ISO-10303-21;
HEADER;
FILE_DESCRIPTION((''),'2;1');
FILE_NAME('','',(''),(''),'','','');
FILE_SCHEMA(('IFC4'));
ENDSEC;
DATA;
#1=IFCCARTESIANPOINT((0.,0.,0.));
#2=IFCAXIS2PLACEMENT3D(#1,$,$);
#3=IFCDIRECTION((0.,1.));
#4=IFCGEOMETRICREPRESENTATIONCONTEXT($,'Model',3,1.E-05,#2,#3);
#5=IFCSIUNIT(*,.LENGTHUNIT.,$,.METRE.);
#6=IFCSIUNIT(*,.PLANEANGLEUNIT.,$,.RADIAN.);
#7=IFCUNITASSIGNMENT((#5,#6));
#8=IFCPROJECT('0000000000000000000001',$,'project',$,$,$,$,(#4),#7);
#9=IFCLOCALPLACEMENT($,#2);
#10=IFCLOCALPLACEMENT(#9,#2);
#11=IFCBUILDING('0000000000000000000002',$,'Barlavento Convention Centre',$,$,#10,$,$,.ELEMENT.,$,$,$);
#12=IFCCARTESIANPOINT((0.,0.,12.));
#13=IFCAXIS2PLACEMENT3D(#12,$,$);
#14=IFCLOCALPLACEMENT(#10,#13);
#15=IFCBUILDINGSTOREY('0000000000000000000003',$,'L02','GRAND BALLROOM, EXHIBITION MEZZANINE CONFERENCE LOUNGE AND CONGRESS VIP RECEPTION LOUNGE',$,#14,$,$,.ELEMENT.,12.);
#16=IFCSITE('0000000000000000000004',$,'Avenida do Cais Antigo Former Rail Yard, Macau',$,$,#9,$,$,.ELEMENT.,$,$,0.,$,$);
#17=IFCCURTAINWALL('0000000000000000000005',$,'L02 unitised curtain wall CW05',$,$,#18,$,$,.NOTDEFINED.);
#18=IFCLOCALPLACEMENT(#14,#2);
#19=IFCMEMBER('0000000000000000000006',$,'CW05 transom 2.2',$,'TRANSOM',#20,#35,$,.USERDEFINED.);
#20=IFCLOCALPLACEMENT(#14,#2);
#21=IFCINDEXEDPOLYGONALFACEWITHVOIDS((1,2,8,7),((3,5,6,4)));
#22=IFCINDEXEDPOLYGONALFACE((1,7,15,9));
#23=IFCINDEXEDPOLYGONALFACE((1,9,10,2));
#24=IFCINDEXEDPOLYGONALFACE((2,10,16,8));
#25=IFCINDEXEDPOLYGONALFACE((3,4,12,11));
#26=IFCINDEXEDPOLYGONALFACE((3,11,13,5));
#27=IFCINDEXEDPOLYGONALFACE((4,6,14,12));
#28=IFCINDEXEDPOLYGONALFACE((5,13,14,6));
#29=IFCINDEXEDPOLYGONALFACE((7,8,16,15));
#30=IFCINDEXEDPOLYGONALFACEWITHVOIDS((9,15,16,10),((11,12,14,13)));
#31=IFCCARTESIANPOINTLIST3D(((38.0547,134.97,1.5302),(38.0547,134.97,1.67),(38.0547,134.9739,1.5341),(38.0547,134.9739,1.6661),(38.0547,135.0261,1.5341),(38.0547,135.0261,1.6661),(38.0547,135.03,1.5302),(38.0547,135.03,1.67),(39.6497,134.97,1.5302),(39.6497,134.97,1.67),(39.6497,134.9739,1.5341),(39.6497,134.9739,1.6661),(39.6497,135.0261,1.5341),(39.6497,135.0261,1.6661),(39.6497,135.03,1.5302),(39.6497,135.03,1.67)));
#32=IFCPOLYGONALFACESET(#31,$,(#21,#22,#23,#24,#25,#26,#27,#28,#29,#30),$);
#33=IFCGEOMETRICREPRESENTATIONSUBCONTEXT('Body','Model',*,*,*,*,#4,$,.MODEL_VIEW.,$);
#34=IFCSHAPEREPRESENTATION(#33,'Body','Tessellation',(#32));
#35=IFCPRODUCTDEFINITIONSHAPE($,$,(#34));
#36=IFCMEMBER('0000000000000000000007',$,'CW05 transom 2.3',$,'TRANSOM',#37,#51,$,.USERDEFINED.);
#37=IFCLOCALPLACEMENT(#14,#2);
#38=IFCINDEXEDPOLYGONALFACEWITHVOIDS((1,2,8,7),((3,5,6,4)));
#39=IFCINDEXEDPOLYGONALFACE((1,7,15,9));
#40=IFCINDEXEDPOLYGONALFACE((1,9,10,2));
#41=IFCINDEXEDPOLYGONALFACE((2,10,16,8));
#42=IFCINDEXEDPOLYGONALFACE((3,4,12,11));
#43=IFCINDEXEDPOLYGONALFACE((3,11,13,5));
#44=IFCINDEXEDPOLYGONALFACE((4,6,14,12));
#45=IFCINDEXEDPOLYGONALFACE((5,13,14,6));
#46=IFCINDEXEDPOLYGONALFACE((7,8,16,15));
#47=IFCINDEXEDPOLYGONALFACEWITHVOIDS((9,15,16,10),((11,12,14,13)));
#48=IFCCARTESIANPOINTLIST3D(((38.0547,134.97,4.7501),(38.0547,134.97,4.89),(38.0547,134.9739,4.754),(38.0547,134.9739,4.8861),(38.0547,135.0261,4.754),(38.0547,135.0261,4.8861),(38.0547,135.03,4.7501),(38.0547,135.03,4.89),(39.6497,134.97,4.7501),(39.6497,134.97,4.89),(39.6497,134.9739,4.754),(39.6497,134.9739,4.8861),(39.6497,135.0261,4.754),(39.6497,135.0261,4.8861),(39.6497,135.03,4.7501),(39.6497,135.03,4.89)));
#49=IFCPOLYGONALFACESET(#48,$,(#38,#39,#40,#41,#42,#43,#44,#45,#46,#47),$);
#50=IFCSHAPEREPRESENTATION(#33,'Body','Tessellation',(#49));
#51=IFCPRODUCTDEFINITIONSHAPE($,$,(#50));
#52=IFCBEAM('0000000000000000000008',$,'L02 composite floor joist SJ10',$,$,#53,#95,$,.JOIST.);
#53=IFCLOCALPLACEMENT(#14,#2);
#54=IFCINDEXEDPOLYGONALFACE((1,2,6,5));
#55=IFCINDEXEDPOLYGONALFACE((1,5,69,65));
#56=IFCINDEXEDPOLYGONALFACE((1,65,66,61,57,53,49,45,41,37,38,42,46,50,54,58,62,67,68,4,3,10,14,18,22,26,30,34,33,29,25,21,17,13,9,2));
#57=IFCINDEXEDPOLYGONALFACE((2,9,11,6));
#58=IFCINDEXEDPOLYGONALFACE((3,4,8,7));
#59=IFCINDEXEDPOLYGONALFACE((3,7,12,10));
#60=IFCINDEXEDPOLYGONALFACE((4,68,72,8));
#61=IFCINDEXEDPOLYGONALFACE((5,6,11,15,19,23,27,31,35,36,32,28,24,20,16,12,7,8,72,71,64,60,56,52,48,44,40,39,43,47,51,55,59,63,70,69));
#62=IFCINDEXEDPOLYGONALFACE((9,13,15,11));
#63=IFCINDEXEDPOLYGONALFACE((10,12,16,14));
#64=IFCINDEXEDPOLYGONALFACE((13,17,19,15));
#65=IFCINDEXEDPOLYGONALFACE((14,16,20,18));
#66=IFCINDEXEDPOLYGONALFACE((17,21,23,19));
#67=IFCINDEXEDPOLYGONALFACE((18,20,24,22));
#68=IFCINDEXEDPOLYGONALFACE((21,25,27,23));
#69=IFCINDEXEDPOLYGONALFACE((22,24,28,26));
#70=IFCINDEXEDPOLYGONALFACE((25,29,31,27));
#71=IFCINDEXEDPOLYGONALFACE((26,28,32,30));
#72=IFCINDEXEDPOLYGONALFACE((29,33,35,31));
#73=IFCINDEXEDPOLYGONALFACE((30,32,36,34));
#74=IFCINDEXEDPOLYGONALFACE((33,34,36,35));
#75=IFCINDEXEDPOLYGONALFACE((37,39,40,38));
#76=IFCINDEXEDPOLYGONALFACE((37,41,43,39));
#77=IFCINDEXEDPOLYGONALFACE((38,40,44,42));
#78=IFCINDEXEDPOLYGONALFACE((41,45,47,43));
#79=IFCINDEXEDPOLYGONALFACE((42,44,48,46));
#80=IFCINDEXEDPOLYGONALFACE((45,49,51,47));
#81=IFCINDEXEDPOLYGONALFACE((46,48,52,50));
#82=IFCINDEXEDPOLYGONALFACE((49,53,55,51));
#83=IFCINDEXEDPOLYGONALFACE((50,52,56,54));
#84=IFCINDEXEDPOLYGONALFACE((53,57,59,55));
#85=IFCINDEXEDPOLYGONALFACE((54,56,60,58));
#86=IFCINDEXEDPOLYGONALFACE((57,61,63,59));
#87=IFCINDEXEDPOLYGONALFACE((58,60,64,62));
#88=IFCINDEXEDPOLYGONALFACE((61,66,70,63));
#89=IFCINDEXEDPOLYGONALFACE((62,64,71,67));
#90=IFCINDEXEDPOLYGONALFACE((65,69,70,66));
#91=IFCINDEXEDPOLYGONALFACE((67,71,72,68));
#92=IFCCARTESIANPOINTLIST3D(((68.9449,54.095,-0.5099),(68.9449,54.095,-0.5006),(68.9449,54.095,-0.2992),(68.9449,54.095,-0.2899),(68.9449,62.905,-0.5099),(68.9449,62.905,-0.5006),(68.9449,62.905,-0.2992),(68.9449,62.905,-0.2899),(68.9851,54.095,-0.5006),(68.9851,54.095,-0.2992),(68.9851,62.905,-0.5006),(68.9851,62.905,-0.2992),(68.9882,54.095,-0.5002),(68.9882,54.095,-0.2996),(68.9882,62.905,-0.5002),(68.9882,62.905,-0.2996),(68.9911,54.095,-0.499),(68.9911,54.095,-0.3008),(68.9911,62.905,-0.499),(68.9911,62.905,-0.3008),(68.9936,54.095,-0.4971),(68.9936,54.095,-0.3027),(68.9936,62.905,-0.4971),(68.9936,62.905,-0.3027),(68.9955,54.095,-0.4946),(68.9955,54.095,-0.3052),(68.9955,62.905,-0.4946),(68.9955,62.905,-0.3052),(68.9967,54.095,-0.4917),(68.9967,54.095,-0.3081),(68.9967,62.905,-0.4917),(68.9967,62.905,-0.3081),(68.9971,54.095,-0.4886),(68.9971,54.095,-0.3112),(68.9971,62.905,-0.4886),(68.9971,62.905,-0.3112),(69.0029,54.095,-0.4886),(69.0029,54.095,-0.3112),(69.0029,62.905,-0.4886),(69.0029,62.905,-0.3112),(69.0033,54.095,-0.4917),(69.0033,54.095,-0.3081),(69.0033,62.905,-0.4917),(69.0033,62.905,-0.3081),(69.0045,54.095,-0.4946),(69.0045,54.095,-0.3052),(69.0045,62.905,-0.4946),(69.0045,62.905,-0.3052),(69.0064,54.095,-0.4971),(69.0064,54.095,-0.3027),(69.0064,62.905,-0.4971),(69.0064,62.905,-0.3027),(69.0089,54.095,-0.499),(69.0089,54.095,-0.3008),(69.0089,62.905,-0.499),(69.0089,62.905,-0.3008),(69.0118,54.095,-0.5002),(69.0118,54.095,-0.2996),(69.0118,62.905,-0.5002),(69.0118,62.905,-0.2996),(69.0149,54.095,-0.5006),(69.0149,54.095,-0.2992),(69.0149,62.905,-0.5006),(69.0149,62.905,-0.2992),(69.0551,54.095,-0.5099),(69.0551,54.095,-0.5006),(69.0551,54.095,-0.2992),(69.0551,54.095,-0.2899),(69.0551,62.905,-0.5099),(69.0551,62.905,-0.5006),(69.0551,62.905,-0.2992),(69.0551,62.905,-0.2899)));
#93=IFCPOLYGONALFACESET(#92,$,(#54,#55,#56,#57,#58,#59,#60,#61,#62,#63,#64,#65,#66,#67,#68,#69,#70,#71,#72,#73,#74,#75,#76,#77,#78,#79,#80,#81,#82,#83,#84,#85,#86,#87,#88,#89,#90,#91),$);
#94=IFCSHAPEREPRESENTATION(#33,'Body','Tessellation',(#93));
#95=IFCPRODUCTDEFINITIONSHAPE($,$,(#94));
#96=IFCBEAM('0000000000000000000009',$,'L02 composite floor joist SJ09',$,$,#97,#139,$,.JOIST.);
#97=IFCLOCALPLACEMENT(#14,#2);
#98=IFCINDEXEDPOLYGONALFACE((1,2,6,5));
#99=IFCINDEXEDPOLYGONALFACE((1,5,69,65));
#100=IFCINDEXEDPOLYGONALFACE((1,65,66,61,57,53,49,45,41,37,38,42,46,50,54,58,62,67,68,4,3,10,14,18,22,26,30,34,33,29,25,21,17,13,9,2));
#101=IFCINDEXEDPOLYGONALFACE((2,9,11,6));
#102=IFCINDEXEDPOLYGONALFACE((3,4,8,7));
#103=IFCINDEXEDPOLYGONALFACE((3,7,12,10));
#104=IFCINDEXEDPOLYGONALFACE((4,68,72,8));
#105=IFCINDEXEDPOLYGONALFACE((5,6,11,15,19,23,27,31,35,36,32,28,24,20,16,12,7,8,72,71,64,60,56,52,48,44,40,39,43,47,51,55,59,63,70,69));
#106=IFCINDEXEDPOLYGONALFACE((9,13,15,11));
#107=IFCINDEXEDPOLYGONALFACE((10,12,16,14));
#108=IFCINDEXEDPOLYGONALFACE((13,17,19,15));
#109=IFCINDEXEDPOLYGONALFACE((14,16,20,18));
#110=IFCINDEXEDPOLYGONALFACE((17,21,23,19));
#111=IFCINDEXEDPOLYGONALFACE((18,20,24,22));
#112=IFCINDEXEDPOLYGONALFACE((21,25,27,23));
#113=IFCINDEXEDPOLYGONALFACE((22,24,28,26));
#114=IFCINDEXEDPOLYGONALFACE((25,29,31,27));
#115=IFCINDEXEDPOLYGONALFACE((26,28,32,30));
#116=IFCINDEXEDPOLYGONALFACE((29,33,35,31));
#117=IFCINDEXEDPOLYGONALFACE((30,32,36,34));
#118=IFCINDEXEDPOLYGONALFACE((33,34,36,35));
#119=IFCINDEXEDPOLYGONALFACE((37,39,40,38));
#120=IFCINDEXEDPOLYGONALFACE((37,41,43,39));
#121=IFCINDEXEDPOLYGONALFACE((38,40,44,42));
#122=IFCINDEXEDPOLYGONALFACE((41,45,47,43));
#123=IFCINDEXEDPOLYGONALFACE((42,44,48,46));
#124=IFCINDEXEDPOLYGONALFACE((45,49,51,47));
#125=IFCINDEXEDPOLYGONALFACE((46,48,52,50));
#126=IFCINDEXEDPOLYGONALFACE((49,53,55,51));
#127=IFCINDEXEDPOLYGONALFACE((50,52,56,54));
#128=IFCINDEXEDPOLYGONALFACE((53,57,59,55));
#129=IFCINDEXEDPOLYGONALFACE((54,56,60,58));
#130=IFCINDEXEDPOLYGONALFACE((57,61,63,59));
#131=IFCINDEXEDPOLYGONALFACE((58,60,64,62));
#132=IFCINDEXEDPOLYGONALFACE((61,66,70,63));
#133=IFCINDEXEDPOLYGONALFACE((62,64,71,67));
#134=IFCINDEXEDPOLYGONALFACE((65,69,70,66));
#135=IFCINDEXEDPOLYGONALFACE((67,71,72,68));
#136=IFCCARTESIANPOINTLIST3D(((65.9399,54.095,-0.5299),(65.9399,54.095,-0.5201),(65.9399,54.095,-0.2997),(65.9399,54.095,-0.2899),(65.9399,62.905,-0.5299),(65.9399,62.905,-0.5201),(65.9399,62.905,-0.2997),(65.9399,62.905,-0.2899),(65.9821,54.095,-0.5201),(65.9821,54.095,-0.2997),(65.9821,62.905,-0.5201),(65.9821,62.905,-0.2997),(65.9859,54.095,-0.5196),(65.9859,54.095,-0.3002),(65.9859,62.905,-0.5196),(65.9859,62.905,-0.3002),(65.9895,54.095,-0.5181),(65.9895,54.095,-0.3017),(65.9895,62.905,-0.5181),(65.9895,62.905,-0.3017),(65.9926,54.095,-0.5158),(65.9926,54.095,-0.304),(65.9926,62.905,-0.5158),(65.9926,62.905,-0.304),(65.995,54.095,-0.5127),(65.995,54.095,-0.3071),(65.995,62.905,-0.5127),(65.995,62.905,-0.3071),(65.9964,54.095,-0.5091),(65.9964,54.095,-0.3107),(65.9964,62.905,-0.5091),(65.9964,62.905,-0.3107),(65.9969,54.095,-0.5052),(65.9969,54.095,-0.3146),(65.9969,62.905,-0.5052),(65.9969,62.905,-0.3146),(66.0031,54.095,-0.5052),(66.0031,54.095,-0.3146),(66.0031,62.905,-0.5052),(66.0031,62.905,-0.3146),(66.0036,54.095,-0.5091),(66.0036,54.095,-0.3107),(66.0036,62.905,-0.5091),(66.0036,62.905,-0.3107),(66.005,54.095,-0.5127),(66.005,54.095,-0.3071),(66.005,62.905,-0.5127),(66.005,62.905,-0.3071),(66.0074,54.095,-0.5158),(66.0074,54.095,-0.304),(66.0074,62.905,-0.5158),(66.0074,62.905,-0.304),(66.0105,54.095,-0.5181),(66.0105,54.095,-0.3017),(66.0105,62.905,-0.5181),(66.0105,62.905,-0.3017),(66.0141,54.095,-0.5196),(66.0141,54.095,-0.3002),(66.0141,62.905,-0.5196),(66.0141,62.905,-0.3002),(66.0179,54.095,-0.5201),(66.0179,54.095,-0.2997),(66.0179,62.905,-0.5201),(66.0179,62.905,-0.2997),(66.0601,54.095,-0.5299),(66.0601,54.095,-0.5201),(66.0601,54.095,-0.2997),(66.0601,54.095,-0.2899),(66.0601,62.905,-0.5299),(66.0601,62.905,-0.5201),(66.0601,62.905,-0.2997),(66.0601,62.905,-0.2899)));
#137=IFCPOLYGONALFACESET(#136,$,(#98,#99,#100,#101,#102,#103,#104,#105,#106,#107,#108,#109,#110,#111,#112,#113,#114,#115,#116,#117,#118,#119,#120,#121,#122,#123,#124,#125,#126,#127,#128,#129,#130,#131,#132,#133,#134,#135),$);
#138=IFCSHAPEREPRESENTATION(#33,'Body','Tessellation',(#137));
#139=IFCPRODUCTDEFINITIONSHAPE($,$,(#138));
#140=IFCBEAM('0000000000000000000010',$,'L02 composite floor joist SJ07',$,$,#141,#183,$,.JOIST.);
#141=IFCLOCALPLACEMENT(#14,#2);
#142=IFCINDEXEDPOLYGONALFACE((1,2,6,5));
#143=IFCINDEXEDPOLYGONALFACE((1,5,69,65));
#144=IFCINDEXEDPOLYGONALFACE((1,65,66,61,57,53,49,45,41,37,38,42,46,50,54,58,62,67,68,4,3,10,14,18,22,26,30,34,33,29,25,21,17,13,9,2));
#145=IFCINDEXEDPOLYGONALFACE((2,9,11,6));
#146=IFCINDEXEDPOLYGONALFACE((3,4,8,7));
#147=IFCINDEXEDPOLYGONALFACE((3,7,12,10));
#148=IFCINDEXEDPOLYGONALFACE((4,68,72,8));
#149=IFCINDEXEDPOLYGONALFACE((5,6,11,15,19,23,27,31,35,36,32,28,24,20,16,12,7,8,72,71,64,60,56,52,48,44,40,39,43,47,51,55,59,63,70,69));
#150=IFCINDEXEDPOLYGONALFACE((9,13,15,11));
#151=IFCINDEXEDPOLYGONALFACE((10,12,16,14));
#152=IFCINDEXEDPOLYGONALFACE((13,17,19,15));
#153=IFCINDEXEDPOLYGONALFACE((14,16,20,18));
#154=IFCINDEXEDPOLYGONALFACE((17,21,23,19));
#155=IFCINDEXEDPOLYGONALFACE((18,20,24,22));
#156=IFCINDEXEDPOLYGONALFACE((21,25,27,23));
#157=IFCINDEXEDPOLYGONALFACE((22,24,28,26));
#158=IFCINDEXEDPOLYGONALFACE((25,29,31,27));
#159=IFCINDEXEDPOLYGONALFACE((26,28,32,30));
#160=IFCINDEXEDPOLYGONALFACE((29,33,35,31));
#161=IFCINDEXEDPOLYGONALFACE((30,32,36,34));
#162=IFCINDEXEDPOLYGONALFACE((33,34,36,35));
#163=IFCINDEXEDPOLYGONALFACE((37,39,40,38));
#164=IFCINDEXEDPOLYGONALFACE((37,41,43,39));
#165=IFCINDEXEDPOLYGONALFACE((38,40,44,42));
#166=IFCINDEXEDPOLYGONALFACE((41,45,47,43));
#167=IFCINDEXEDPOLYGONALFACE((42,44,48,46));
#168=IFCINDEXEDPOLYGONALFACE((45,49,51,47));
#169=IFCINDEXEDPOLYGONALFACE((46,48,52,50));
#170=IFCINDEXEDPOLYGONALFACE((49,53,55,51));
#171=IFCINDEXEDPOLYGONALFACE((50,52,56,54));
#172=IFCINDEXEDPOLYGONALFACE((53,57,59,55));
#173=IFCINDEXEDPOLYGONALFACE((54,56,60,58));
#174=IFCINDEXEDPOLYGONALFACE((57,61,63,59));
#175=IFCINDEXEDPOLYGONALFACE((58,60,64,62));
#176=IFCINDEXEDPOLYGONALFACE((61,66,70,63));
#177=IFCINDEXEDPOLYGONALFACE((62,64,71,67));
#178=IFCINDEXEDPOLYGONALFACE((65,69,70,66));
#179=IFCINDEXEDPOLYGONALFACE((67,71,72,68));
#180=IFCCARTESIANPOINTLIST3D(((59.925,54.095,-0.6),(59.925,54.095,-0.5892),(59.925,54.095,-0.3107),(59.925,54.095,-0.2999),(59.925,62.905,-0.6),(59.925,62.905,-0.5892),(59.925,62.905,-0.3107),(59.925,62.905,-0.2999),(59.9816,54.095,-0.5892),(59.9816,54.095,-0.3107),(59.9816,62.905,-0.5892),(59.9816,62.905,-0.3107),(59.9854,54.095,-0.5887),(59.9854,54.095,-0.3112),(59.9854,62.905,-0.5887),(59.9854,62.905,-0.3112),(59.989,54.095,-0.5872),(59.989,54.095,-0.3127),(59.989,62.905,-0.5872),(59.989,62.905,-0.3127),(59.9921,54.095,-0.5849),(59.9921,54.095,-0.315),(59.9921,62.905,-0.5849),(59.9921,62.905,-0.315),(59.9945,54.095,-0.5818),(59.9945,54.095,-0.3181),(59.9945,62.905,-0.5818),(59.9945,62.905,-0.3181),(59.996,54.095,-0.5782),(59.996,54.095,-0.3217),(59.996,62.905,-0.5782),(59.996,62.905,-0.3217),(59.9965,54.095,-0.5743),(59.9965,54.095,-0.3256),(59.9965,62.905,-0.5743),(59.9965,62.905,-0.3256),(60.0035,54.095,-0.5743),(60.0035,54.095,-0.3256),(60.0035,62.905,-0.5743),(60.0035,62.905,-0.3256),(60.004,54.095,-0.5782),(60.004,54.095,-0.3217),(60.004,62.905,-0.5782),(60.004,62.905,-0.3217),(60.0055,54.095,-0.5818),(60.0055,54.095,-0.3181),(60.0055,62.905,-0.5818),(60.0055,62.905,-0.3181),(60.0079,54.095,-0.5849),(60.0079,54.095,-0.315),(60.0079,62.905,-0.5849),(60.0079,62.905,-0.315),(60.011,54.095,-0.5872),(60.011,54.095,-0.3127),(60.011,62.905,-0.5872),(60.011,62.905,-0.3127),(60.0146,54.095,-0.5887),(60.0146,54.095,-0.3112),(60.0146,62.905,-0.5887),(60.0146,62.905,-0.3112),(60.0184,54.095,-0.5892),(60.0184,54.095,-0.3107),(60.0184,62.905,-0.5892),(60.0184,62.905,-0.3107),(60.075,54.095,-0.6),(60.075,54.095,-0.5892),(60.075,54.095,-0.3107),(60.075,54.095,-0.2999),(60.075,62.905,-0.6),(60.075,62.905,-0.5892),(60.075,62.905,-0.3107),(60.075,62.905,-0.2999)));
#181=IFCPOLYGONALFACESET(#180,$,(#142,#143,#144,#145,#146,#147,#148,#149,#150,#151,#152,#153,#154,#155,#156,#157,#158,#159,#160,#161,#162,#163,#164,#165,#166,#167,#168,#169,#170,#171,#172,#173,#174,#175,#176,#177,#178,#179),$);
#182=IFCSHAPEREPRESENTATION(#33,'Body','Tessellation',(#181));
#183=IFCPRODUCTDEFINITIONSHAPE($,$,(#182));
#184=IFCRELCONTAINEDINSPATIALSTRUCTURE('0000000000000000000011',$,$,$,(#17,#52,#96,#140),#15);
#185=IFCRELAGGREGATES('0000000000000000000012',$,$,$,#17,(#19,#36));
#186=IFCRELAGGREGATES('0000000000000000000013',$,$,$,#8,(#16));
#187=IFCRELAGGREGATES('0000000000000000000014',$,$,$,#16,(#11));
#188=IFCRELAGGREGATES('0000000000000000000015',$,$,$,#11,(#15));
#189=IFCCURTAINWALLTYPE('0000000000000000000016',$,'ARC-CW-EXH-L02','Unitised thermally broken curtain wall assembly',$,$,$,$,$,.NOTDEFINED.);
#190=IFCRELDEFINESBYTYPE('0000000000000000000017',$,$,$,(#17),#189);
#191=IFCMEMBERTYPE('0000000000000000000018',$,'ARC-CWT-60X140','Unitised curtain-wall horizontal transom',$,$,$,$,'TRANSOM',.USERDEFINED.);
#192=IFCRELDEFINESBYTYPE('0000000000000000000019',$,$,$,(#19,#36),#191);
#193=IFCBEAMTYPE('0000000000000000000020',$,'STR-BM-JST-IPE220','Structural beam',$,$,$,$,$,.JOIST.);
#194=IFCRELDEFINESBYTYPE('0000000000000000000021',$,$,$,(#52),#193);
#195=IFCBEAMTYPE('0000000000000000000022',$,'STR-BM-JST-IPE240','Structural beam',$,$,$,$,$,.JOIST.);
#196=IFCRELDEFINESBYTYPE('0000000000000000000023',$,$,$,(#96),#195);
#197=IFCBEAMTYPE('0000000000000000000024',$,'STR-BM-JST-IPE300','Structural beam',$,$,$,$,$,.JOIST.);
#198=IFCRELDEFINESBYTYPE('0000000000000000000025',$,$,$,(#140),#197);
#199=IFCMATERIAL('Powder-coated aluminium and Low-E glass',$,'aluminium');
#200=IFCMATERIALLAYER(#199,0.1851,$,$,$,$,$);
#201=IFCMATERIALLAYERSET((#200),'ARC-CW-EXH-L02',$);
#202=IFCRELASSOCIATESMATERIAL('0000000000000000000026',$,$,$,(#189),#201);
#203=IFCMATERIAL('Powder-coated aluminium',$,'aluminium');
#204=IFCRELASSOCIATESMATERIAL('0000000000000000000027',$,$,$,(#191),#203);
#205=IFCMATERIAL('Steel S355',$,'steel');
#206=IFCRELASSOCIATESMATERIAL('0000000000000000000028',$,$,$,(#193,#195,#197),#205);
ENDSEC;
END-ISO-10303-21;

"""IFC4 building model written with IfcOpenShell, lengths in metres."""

from ifc_helpers import new_model, si_unit, direction, frame, origin, origin_2d, place, context, subcontext, project, spatial, hollow_rectangle, i_section, extrude, material, layer, layer_set, material_profile, profile_set, type_object, element, aggregate, save


model = new_model("IFC4")

# Units and contexts
model_context = context("Model", 3, precision=1e-05, world=origin(), true_north=direction((0.0, 1.0)))
body_context = subcontext(model_context, "Body", "Model", "MODEL_VIEW")
ifc_project = project(units=[si_unit("LENGTHUNIT", "METRE"), si_unit("PLANEANGLEUNIT", "RADIAN")], contexts=[model_context])

# Site, building, storey
site_placement = place(None, origin())
site = spatial("IfcSite", under=ifc_project, at=site_placement, Name="Avenida do Cais Antigo Former Rail Yard, Macau", CompositionType="ELEMENT", RefElevation=0.0)
building_placement = place(site_placement, origin())
building = spatial("IfcBuilding", under=site, at=building_placement, Name="Barlavento Convention Centre", CompositionType="ELEMENT")
storey_placement = place(building_placement, frame((0.0, 0.0, 12.0)))
storey = spatial("IfcBuildingStorey", under=building, at=storey_placement, Name="L02", Description="GRAND BALLROOM, EXHIBITION MEZZANINE CONFERENCE LOUNGE AND CONGRESS VIP RECEPTION LOUNGE", CompositionType="ELEMENT", Elevation=12.0)

# Shared definitions
ifc_material_1 = material(Name="Steel S355", Category="steel")

# Curtain wall, members
ifc_material_2 = material(Name="Powder-coated aluminium and Low-E glass", Category="aluminium")
ifc_layer_1 = layer(ifc_material_2, 0.1851)
ifc_layer_set_1 = layer_set([ifc_layer_1], Name="ARC-CW-EXH-L02")
curtain_wall_type = type_object("IfcCurtainWallType", Name="ARC-CW-EXH-L02", Description="Unitised thermally broken curtain wall assembly", PredefinedType="NOTDEFINED", material=ifc_layer_set_1)
curtain_wall_placement = place(storey_placement, origin())
curtain_wall = element("IfcCurtainWall", 1, at=curtain_wall_placement, inside=storey, type_object=curtain_wall_type, Name="L02 unitised curtain wall CW05", PredefinedType="NOTDEFINED")
ifc_material_3 = material(Name="Powder-coated aluminium", Category="aluminium")
ifc_material_profile_1 = material_profile(ifc_material_3, hollow_rectangle(XDim=0.0601, YDim=0.1399, WallThickness=0.0039, at=origin_2d()), Name="AL-TRAN 60x140x4")
ifc_profile_set_1 = profile_set([ifc_material_profile_1], Name="Powder-coated aluminium")
member_type_1 = type_object("IfcMemberType", Name="ARC-CWT-60X140", Description="Unitised curtain-wall horizontal transom", ElementType="TRANSOM", PredefinedType="USERDEFINED", material=ifc_profile_set_1)
member_1_placement = place(storey_placement, frame((38.0547, 135.0, 1.6001), z_axis=(1.0, 0.0, 0.0), x_axis=(0.0, 1.0, 0.0)))
member_1 = element("IfcMember", 2, at=member_1_placement, type_object=member_type_1, Name="CW05 transom 2.2", ObjectType="TRANSOM", PredefinedType="USERDEFINED", context=body_context, shape_type="SweptSolid", body=[
    extrude(hollow_rectangle(XDim=0.0601, YDim=0.1399, WallThickness=0.0039, at=origin_2d()), origin(), (0.0, 0.0, 1.0), 1.595),
])
member_2_placement = place(storey_placement, frame((38.0547, 135.0, 4.8201), z_axis=(1.0, 0.0, 0.0), x_axis=(0.0, 1.0, 0.0)))
member_2 = element("IfcMember", 3, at=member_2_placement, type_object=member_type_1, Name="CW05 transom 2.3", ObjectType="TRANSOM", PredefinedType="USERDEFINED", context=body_context, shape_type="SweptSolid", body=[
    extrude(hollow_rectangle(XDim=0.0601, YDim=0.1399, WallThickness=0.0039, at=origin_2d()), origin(), (0.0, 0.0, 1.0), 1.595),
])

# Beams
ifc_material_profile_2 = material_profile(ifc_material_1, i_section(OverallWidth=0.1101, OverallDepth=0.22, WebThickness=0.0059, FlangeThickness=0.0093, FilletRadius=0.012, at=origin_2d()), Name="IPE 220")
ifc_profile_set_2 = profile_set([ifc_material_profile_2], Name="Steel S355")
beam_type_1 = type_object("IfcBeamType", Name="STR-BM-JST-IPE220", Description="Structural beam", PredefinedType="JOIST", material=ifc_profile_set_2)
beam_1_placement = place(storey_placement, frame((69.0, 54.095, -0.3999), z_axis=(0.0, 1.0, 0.0), x_axis=(-1.0, 0.0, 0.0)))
element("IfcBeam", 4, at=beam_1_placement, inside=storey, type_object=beam_type_1, Name="L02 composite floor joist SJ10", PredefinedType="JOIST", context=body_context, shape_type="SweptSolid", body=[
    extrude(i_section(OverallWidth=0.1101, OverallDepth=0.22, WebThickness=0.0059, FlangeThickness=0.0093, FilletRadius=0.012, at=origin_2d()), origin(), (0.0, 0.0, 1.0), 8.8101),
])
ifc_material_profile_3 = material_profile(ifc_material_1, i_section(OverallWidth=0.1201, OverallDepth=0.24, WebThickness=0.0061, FlangeThickness=0.0098, FilletRadius=0.0149, at=origin_2d()), Name="IPE 240")
ifc_profile_set_3 = profile_set([ifc_material_profile_3], Name="Steel S355")
beam_type_2 = type_object("IfcBeamType", Name="STR-BM-JST-IPE240", Description="Structural beam", PredefinedType="JOIST", material=ifc_profile_set_3)
beam_2_placement = place(storey_placement, frame((66.0, 54.095, -0.4099), z_axis=(0.0, 1.0, 0.0), x_axis=(-1.0, 0.0, 0.0)))
element("IfcBeam", 5, at=beam_2_placement, inside=storey, type_object=beam_type_2, Name="L02 composite floor joist SJ09", PredefinedType="JOIST", context=body_context, shape_type="SweptSolid", body=[
    extrude(i_section(OverallWidth=0.1201, OverallDepth=0.24, WebThickness=0.0061, FlangeThickness=0.0098, FilletRadius=0.0149, at=origin_2d()), origin(), (0.0, 0.0, 1.0), 8.8101),
])
ifc_material_profile_4 = material_profile(ifc_material_1, i_section(OverallWidth=0.1499, OverallDepth=0.3, WebThickness=0.0071, FlangeThickness=0.0107, FilletRadius=0.0149, at=origin_2d()), Name="IPE 300")
ifc_profile_set_4 = profile_set([ifc_material_profile_4], Name="Steel S355")
beam_type_3 = type_object("IfcBeamType", Name="STR-BM-JST-IPE300", Description="Structural beam", PredefinedType="JOIST", material=ifc_profile_set_4)
beam_3_placement = place(storey_placement, frame((60.0, 54.095, -0.45), z_axis=(0.0, 1.0, 0.0), x_axis=(-1.0, 0.0, 0.0)))
element("IfcBeam", 6, at=beam_3_placement, inside=storey, type_object=beam_type_3, Name="L02 composite floor joist SJ07", PredefinedType="JOIST", context=body_context, shape_type="SweptSolid", body=[
    extrude(i_section(OverallWidth=0.1499, OverallDepth=0.3, WebThickness=0.0071, FlangeThickness=0.0107, FilletRadius=0.0149, at=origin_2d()), origin(), (0.0, 0.0, 1.0), 8.8101),
])

aggregate(curtain_wall, [member_1, member_2])

save(model, "model.ifc")
